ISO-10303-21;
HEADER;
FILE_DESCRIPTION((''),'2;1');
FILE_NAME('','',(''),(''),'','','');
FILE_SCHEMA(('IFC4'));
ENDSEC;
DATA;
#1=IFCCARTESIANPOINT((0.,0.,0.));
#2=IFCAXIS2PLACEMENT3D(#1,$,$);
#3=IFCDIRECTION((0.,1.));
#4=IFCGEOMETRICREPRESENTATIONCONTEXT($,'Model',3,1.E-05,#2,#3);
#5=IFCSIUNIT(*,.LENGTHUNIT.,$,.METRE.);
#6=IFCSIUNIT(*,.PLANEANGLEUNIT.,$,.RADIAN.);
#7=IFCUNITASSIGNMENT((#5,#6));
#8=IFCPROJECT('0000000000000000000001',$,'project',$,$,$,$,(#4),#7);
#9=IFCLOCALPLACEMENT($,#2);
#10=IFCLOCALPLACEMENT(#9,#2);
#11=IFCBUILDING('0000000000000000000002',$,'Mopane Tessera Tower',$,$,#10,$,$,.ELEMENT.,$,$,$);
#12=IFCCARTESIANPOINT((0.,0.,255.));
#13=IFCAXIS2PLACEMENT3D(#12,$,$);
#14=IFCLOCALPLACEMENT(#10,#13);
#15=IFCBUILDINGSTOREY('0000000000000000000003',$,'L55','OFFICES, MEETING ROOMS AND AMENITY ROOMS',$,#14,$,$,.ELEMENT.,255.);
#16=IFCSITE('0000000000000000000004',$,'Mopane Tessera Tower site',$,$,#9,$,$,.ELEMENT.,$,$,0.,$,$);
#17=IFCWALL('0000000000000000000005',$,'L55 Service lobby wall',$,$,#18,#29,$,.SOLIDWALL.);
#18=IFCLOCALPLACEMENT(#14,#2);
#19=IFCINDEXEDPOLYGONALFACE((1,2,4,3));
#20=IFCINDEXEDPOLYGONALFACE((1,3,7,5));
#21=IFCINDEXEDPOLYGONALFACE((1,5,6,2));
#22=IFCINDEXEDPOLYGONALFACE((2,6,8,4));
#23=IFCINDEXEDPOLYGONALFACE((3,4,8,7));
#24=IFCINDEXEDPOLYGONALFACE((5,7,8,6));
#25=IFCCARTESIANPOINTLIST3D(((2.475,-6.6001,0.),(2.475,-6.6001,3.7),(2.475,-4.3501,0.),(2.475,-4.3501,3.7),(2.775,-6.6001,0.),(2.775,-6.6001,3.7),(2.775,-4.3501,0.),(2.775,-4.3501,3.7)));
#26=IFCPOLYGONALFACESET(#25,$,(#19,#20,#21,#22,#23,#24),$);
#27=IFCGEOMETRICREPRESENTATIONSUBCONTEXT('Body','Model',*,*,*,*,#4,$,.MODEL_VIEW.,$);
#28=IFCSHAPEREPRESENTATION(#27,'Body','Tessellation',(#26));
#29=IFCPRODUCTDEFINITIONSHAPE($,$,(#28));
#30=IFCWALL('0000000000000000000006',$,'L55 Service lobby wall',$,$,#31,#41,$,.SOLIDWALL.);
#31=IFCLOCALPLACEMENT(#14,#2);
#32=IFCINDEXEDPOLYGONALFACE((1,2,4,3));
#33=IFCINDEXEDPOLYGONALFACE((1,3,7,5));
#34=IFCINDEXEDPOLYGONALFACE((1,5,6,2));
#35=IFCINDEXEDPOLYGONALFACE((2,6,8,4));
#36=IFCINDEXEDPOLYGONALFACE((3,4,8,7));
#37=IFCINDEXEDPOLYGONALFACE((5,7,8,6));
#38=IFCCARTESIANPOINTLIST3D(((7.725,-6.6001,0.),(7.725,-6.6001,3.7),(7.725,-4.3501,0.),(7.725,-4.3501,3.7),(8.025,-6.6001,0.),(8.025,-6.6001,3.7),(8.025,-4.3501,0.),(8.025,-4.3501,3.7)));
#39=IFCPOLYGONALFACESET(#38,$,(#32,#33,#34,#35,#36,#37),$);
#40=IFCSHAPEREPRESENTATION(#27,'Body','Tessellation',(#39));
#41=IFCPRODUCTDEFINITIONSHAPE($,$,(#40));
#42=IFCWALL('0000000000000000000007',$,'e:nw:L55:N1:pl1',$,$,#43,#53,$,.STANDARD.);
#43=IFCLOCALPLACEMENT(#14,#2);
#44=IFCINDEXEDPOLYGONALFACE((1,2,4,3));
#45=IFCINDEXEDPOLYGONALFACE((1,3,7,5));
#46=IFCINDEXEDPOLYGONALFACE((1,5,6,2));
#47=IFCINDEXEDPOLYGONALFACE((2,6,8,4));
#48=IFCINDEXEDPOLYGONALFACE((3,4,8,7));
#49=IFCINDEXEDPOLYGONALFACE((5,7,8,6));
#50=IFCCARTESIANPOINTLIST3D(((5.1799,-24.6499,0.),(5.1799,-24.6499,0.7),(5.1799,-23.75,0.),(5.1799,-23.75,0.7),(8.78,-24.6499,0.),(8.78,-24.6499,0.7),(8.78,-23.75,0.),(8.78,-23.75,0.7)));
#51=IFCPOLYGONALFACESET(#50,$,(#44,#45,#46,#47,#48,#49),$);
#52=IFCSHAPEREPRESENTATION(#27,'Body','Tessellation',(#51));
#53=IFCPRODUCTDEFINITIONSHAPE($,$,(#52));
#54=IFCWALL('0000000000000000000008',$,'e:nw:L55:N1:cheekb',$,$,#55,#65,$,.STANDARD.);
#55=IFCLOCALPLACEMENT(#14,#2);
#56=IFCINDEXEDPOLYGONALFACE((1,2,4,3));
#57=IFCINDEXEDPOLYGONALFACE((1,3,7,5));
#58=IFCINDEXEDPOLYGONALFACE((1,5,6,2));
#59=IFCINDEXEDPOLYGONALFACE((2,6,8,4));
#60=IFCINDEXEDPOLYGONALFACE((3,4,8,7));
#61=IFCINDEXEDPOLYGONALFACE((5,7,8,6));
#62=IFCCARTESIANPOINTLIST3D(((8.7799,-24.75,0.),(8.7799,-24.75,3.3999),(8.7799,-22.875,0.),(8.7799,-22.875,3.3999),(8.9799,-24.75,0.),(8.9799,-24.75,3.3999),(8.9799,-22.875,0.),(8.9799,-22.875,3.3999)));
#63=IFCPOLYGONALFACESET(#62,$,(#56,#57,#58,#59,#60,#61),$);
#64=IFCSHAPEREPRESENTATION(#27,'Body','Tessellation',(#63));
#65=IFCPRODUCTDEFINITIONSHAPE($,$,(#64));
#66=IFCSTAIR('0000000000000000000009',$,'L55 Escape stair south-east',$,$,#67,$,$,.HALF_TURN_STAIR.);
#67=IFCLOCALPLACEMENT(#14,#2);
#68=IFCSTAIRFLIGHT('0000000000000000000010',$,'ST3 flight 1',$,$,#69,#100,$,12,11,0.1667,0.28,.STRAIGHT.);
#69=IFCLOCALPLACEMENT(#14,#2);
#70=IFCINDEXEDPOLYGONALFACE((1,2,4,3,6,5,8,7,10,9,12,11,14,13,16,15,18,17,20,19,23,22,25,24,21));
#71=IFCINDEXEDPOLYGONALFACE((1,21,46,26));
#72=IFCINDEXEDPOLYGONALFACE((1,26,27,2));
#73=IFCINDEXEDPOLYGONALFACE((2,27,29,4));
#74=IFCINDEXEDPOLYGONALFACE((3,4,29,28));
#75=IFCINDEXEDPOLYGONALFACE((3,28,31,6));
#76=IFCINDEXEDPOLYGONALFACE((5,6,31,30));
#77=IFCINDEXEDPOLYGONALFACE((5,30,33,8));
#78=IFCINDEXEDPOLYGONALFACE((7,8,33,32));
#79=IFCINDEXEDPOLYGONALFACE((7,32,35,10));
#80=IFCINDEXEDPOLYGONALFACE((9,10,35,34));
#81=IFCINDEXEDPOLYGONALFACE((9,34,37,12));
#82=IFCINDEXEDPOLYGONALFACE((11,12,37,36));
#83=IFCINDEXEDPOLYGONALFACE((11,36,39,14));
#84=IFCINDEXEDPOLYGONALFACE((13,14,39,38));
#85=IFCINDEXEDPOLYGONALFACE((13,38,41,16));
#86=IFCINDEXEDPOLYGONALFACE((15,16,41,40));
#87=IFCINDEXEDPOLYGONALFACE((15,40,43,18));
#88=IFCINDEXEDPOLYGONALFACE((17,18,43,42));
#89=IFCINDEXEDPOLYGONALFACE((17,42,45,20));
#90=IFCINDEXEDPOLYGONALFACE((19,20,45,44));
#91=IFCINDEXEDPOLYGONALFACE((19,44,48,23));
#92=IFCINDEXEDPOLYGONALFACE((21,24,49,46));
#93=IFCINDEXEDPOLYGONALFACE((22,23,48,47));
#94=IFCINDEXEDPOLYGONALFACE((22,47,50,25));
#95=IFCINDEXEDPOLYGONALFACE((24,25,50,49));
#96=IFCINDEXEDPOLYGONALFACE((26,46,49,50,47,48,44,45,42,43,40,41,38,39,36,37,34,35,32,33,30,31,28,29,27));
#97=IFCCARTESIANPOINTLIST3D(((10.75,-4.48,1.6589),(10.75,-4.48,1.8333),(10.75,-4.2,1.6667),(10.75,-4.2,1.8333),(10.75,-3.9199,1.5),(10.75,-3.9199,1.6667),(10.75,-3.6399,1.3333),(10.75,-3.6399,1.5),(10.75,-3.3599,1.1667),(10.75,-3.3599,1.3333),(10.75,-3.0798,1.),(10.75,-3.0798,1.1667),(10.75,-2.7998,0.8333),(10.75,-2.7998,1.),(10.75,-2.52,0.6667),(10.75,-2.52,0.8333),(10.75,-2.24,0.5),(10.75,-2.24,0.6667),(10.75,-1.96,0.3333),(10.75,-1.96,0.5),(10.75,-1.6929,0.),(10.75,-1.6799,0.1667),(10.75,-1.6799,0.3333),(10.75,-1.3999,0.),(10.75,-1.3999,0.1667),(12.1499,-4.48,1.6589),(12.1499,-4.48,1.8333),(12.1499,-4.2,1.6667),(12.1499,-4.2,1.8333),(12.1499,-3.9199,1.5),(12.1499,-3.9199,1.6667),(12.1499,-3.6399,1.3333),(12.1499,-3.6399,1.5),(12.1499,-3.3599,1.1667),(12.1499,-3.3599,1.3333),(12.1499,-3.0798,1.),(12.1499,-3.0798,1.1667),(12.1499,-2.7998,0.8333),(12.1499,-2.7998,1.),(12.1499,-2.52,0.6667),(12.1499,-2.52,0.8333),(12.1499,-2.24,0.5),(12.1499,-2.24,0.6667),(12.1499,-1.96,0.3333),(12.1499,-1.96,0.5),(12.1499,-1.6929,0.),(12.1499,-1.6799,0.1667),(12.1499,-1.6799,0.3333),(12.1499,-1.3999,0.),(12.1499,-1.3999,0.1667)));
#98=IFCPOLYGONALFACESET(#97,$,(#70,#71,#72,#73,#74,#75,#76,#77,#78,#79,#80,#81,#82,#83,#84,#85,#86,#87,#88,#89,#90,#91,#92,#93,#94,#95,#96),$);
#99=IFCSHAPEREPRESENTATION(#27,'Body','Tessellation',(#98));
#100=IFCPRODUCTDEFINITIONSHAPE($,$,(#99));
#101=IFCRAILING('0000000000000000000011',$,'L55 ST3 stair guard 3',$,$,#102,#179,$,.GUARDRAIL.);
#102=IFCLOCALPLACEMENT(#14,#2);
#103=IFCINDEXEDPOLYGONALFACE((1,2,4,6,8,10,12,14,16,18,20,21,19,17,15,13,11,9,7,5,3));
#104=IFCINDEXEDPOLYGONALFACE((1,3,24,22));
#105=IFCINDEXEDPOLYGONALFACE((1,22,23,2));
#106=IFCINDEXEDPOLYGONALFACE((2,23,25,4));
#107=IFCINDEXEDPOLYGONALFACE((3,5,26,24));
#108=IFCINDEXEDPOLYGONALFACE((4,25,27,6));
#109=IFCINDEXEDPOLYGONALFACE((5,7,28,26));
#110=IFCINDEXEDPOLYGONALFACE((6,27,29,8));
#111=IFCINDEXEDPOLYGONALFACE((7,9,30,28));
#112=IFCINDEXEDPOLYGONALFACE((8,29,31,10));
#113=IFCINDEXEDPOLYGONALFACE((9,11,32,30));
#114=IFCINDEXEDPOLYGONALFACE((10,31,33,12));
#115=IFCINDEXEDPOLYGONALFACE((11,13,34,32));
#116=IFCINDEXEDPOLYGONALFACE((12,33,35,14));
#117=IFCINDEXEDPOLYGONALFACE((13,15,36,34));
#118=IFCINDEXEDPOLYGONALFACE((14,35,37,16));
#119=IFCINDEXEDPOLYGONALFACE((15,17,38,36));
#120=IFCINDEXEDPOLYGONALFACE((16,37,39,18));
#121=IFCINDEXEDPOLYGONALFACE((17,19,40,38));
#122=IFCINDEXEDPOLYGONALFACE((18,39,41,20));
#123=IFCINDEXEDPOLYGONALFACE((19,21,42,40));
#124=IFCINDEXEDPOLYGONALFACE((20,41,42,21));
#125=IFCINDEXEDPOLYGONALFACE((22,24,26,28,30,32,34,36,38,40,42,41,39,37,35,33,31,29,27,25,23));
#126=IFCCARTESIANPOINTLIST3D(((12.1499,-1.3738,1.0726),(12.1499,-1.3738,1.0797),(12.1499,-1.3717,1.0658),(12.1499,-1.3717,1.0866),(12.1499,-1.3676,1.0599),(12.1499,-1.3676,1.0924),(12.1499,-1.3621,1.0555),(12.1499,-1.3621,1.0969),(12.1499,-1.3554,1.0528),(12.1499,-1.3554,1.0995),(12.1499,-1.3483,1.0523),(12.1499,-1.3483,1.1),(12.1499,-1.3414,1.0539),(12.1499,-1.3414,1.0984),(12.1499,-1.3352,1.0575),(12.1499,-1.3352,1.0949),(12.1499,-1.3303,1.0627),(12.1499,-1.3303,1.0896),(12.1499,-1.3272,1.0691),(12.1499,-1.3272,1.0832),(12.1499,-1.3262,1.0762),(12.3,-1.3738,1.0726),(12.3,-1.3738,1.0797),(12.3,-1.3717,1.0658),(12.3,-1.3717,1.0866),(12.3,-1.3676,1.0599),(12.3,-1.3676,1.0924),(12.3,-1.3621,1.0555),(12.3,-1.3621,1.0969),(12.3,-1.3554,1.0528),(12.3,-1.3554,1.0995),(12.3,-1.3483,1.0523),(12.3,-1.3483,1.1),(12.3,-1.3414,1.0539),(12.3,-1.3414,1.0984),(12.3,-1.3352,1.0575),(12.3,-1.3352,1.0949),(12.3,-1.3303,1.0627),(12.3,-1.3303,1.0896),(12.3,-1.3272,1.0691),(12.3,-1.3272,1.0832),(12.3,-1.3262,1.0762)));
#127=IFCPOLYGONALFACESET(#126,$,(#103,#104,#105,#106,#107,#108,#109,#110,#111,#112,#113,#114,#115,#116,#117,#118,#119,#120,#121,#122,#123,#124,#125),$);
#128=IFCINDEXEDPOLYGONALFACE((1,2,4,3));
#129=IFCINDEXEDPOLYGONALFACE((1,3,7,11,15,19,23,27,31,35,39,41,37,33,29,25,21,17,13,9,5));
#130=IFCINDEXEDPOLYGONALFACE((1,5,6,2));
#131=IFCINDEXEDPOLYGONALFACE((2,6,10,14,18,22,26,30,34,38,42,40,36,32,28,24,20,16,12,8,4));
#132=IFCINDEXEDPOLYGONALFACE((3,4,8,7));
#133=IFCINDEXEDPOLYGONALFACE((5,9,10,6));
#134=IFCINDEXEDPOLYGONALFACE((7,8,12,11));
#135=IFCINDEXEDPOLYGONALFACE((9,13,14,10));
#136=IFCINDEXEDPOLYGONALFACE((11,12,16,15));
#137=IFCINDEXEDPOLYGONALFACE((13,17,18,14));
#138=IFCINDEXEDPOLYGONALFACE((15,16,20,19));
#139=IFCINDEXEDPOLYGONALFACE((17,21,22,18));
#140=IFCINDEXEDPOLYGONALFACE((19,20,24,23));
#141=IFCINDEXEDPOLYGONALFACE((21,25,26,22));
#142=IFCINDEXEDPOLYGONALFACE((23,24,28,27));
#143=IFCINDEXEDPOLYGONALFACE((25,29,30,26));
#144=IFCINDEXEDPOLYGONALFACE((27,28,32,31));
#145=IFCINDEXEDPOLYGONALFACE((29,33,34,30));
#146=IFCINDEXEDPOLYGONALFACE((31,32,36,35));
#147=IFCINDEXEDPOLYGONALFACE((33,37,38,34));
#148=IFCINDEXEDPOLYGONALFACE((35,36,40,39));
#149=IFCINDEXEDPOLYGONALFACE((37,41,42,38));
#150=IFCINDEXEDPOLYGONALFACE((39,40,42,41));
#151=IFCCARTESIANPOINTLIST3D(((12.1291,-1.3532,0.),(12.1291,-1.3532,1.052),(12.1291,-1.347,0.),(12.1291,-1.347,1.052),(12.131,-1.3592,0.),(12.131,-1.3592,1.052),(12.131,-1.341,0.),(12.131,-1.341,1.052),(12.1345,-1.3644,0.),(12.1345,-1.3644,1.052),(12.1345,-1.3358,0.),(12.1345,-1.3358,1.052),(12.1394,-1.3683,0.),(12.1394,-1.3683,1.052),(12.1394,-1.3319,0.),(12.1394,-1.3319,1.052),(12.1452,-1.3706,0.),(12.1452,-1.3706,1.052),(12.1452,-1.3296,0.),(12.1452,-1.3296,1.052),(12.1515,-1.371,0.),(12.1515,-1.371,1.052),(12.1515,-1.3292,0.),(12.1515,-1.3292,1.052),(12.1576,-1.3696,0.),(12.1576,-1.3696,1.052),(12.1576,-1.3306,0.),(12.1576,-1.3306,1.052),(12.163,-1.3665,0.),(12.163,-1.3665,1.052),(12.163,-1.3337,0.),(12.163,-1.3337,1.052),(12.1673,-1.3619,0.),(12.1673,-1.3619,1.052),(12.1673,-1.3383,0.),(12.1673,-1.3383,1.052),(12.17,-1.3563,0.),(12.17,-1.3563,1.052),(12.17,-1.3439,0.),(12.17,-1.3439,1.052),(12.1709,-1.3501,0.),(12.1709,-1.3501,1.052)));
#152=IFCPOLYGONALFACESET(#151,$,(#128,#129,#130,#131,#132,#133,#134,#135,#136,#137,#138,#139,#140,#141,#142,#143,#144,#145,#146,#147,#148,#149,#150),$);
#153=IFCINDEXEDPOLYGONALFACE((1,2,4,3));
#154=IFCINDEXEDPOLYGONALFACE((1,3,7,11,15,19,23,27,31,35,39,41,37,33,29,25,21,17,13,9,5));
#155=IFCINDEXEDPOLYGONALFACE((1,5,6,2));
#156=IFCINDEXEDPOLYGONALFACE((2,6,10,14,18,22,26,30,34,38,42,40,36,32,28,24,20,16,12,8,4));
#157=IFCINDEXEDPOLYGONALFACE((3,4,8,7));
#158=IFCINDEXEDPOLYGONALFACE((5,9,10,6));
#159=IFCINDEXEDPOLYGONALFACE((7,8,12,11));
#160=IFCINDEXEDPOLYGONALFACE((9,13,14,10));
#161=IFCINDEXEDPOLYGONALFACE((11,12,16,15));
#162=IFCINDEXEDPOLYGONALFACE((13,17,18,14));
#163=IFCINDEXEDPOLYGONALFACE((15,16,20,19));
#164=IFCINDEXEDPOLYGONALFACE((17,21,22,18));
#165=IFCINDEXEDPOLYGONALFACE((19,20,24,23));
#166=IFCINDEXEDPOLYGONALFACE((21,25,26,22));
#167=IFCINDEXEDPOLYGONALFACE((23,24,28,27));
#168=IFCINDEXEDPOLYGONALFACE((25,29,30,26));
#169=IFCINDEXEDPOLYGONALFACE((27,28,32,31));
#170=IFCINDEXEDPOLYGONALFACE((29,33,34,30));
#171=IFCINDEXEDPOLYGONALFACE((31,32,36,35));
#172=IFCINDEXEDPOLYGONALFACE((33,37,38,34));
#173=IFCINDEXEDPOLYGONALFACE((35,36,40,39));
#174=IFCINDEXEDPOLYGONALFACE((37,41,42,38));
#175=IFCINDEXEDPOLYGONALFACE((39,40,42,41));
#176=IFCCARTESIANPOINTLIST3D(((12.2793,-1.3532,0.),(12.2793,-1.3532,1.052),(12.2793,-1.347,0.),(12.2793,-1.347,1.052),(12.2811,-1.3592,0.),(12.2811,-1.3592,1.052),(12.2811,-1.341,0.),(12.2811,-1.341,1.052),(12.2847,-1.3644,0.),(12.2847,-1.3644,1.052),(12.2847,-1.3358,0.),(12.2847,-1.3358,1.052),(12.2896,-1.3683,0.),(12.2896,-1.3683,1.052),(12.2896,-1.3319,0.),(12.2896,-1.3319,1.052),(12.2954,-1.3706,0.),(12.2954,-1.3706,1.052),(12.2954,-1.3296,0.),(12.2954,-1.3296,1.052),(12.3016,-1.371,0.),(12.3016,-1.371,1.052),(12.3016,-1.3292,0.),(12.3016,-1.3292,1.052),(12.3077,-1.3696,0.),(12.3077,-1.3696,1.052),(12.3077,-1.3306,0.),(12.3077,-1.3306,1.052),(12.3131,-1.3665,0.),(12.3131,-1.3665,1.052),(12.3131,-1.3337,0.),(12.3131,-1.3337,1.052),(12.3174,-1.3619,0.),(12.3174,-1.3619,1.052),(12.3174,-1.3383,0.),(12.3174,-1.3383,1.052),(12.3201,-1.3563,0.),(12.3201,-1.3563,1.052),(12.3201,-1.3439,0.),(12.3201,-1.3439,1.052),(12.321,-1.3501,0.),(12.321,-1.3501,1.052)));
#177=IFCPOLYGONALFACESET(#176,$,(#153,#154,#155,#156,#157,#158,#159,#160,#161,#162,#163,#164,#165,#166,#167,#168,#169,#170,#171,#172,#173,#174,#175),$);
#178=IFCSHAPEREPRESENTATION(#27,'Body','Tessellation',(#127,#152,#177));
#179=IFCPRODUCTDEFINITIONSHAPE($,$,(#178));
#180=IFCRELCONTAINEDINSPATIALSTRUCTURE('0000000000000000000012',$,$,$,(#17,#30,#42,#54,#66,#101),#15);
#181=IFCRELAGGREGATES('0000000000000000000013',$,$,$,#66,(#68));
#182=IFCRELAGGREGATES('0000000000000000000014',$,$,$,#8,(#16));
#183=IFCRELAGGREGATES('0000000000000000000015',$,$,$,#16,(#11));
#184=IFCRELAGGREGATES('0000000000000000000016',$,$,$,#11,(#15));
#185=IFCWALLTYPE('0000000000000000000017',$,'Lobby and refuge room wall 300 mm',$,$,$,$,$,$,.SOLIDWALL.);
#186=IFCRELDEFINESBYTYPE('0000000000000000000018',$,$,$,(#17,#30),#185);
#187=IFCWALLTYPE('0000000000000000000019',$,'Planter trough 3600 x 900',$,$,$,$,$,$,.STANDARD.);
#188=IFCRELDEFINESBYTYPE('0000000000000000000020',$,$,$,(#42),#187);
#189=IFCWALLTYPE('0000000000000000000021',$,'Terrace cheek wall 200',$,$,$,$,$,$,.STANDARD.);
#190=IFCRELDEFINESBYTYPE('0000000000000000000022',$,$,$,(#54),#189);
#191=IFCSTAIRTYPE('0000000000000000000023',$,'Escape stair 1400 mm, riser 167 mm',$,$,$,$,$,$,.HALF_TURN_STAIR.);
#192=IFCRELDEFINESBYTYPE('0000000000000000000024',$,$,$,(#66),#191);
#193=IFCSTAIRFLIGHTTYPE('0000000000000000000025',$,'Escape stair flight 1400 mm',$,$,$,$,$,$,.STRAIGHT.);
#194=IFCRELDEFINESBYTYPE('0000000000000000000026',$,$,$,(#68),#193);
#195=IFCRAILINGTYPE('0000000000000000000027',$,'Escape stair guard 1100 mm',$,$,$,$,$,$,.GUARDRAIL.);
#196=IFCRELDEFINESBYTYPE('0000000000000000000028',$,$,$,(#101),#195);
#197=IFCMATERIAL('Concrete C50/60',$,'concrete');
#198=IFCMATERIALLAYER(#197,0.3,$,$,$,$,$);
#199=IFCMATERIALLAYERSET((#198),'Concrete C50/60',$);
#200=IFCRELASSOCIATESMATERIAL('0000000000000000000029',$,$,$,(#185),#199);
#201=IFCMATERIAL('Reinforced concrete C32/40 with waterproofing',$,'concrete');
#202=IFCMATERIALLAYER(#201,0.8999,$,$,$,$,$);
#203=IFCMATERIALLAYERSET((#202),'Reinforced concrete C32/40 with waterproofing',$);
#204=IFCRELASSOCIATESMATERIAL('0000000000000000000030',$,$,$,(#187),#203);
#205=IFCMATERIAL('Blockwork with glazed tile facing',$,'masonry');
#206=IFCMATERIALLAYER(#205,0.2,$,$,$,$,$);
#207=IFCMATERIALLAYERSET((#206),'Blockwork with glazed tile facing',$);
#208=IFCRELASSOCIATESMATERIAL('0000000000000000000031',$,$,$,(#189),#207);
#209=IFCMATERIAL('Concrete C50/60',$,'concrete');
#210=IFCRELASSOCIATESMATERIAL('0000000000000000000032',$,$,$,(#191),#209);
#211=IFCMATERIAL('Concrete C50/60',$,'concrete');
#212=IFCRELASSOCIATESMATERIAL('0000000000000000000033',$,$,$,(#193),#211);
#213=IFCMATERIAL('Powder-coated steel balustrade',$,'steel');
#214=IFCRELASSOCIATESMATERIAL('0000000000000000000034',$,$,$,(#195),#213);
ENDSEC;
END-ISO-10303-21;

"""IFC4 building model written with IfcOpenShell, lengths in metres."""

from ifc_helpers import new_model, si_unit, direction, frame, frame_2d, origin, origin_2d, place, context, subcontext, project, spatial, polyline, rectangle, circle, outline, extrude, material, layer, layer_set, type_object, element, aggregate, save


model = new_model("IFC4")

# Units and contexts
model_context = context("Model", 3, precision=1e-05, world=origin(), true_north=direction((0.0, 1.0)))
body_context = subcontext(model_context, "Body", "Model", "MODEL_VIEW")
ifc_project = project(units=[si_unit("LENGTHUNIT", "METRE"), si_unit("PLANEANGLEUNIT", "RADIAN")], contexts=[model_context])

# Site, building, storey
site_placement = place(None, origin())
site = spatial("IfcSite", under=ifc_project, at=site_placement, Name="Mopane Tessera Tower site", CompositionType="ELEMENT", RefElevation=0.0)
building_placement = place(site_placement, origin())
building = spatial("IfcBuilding", under=site, at=building_placement, Name="Mopane Tessera Tower", CompositionType="ELEMENT")
storey_placement = place(building_placement, frame((0.0, 0.0, 255.0)))
storey = spatial("IfcBuildingStorey", under=building, at=storey_placement, Name="L55", Description="OFFICES, MEETING ROOMS AND AMENITY ROOMS", CompositionType="ELEMENT", Elevation=255.0)

# Walls
ifc_material_1 = material(Name="Concrete C50/60", Category="concrete")
ifc_layer_1 = layer(ifc_material_1, 0.3)
ifc_layer_set_1 = layer_set([ifc_layer_1], Name="Concrete C50/60")
wall_type_1 = type_object("IfcWallType", Name="Lobby and refuge room wall 300 mm", PredefinedType="SOLIDWALL", material=ifc_layer_set_1)
for number, where, z_axis, x_axis, name in (
    (1, (2.625, -6.6001, 0.0), (0.0, 0.0, 1.0), (0.0, 1.0, 0.0), "L55 Service lobby wall"),
    (2, (7.875, -6.6001, 0.0), (0.0, 0.0, 1.0), (0.0, 1.0, 0.0), "L55 Service lobby wall"),
):
    element("IfcWall", number, at=place(storey_placement, frame(where, z_axis=z_axis, x_axis=x_axis)), inside=storey, type_object=wall_type_1, Name=name, PredefinedType="SOLIDWALL", context=body_context, shape_type="SweptSolid", body=[
        extrude(rectangle(XDim=2.25, YDim=0.3, at=frame_2d((1.125, 0.0))), origin(), (0.0, 0.0, 1.0), 3.7),
    ])
ifc_material_2 = material(Name="Reinforced concrete C32/40 with waterproofing", Category="concrete")
ifc_layer_2 = layer(ifc_material_2, 0.8999)
ifc_layer_set_2 = layer_set([ifc_layer_2], Name="Reinforced concrete C32/40 with waterproofing")
wall_type_2 = type_object("IfcWallType", Name="Planter trough 3600 x 900", PredefinedType="STANDARD", material=ifc_layer_set_2)
wall_1_placement = place(storey_placement, frame((5.1799, -24.2, 0.0), z_axis=(0.0, 0.0, 1.0), x_axis=(1.0, 0.0, 0.0)))
element("IfcWall", 3, at=wall_1_placement, inside=storey, type_object=wall_type_2, Name="e:nw:L55:N1:pl1", PredefinedType="STANDARD", context=body_context, shape_type="SweptSolid", body=[
    extrude(rectangle(XDim=3.6001, YDim=0.8999, at=frame_2d((1.8, 0.0))), origin(), (0.0, 0.0, 1.0), 0.7),
])
ifc_material_3 = material(Name="Blockwork with glazed tile facing", Category="masonry")
ifc_layer_3 = layer(ifc_material_3, 0.2)
ifc_layer_set_3 = layer_set([ifc_layer_3], Name="Blockwork with glazed tile facing")
wall_type_3 = type_object("IfcWallType", Name="Terrace cheek wall 200", PredefinedType="STANDARD", material=ifc_layer_set_3)
wall_2_placement = place(storey_placement, frame((8.8799, -24.75, 0.0), z_axis=(0.0, 0.0, 1.0), x_axis=(0.0, 1.0, 0.0)))
element("IfcWall", 4, at=wall_2_placement, inside=storey, type_object=wall_type_3, Name="e:nw:L55:N1:cheekb", PredefinedType="STANDARD", context=body_context, shape_type="SweptSolid", body=[
    extrude(rectangle(XDim=1.875, YDim=0.2, at=frame_2d((0.9375, 0.0))), origin(), (0.0, 0.0, 1.0), 3.3999),
])

# Stair, stair flight
ifc_material_4 = material(Name="Concrete C50/60", Category="concrete")
stair_type = type_object("IfcStairType", Name="Escape stair 1400 mm, riser 167 mm", PredefinedType="HALF_TURN_STAIR", material=ifc_material_4)
stair_placement = place(storey_placement, origin())
stair = element("IfcStair", 5, at=stair_placement, inside=storey, type_object=stair_type, Name="L55 Escape stair south-east", PredefinedType="HALF_TURN_STAIR")
ifc_material_5 = material(Name="Concrete C50/60", Category="concrete")
stair_flight_type = type_object("IfcStairFlightType", Name="Escape stair flight 1400 mm", PredefinedType="STRAIGHT", material=ifc_material_5)
stair_flight_placement = place(storey_placement, frame((11.45, -1.3999, 0.0), z_axis=(0.0, 0.0, 1.0), x_axis=(0.0, -1.0, 0.0)))
stair_flight = element("IfcStairFlight", 6, at=stair_flight_placement, type_object=stair_flight_type, Name="ST3 flight 1", NumberOfRisers=12, NumberOfTreads=11, PredefinedType="STRAIGHT", RiserHeight=0.1667, TreadLength=0.28, context=body_context, shape_type="SweptSolid", body=[
    extrude(outline(polyline([(0.0, 0.0), (0.0, 0.1667), (0.28, 0.1667), (0.28, 0.3333), (0.5601, 0.3333), (0.5601, 0.5), (0.8401, 0.5), (0.8401, 0.6667), (1.1201, 0.6667), (1.1201, 0.8333), (1.3999, 0.8333), (1.3999, 1.0), (1.6799, 1.0), (1.6799, 1.1667), (1.96, 1.1667), (1.96, 1.3333), (2.24, 1.3333), (2.24, 1.5), (2.52, 1.5), (2.52, 1.6667), (2.8, 1.6667), (2.8, 1.8333), (3.0801, 1.8333), (3.0801, 2.0), (3.0801, 1.6589), (0.293, 0.0), (0.0, 0.0)])), frame((0.0, 0.7, 0.0), z_axis=(0.0, -1.0, 0.0), x_axis=(1.0, 0.0, 0.0)), (0.0, 0.0, 1.0), 1.3999),
])
aggregate(stair, [stair_flight])

# Railing
ifc_material_6 = material(Name="Powder-coated steel balustrade", Category="steel")
railing_type_1 = type_object("IfcRailingType", Name="Escape stair guard 1100 mm", PredefinedType="GUARDRAIL", material=ifc_material_6)
railing_1_placement = place(storey_placement, frame((12.1499, -1.3501, 0.0)))
element("IfcRailing", 7, at=railing_1_placement, inside=storey, type_object=railing_type_1, Name="L55 ST3 stair guard 3", PredefinedType="GUARDRAIL", context=body_context, shape_type="SweptSolid", body=[
    extrude(circle(Radius=0.0239, at=origin_2d()), frame((0.0, 0.0, 1.0762), z_axis=(1.0, 0.0, 0.0), x_axis=(0.0, 1.0, 0.0)), (0.0, 0.0, 1.0), 0.1501),
    extrude(circle(Radius=0.021, at=origin_2d()), origin(), (0.0, 0.0, 1.0), 1.052),
    extrude(circle(Radius=0.021, at=origin_2d()), frame((0.1501, 0.0, 0.0)), (0.0, 0.0, 1.0), 1.052),
])

save(model, "model.ifc")
